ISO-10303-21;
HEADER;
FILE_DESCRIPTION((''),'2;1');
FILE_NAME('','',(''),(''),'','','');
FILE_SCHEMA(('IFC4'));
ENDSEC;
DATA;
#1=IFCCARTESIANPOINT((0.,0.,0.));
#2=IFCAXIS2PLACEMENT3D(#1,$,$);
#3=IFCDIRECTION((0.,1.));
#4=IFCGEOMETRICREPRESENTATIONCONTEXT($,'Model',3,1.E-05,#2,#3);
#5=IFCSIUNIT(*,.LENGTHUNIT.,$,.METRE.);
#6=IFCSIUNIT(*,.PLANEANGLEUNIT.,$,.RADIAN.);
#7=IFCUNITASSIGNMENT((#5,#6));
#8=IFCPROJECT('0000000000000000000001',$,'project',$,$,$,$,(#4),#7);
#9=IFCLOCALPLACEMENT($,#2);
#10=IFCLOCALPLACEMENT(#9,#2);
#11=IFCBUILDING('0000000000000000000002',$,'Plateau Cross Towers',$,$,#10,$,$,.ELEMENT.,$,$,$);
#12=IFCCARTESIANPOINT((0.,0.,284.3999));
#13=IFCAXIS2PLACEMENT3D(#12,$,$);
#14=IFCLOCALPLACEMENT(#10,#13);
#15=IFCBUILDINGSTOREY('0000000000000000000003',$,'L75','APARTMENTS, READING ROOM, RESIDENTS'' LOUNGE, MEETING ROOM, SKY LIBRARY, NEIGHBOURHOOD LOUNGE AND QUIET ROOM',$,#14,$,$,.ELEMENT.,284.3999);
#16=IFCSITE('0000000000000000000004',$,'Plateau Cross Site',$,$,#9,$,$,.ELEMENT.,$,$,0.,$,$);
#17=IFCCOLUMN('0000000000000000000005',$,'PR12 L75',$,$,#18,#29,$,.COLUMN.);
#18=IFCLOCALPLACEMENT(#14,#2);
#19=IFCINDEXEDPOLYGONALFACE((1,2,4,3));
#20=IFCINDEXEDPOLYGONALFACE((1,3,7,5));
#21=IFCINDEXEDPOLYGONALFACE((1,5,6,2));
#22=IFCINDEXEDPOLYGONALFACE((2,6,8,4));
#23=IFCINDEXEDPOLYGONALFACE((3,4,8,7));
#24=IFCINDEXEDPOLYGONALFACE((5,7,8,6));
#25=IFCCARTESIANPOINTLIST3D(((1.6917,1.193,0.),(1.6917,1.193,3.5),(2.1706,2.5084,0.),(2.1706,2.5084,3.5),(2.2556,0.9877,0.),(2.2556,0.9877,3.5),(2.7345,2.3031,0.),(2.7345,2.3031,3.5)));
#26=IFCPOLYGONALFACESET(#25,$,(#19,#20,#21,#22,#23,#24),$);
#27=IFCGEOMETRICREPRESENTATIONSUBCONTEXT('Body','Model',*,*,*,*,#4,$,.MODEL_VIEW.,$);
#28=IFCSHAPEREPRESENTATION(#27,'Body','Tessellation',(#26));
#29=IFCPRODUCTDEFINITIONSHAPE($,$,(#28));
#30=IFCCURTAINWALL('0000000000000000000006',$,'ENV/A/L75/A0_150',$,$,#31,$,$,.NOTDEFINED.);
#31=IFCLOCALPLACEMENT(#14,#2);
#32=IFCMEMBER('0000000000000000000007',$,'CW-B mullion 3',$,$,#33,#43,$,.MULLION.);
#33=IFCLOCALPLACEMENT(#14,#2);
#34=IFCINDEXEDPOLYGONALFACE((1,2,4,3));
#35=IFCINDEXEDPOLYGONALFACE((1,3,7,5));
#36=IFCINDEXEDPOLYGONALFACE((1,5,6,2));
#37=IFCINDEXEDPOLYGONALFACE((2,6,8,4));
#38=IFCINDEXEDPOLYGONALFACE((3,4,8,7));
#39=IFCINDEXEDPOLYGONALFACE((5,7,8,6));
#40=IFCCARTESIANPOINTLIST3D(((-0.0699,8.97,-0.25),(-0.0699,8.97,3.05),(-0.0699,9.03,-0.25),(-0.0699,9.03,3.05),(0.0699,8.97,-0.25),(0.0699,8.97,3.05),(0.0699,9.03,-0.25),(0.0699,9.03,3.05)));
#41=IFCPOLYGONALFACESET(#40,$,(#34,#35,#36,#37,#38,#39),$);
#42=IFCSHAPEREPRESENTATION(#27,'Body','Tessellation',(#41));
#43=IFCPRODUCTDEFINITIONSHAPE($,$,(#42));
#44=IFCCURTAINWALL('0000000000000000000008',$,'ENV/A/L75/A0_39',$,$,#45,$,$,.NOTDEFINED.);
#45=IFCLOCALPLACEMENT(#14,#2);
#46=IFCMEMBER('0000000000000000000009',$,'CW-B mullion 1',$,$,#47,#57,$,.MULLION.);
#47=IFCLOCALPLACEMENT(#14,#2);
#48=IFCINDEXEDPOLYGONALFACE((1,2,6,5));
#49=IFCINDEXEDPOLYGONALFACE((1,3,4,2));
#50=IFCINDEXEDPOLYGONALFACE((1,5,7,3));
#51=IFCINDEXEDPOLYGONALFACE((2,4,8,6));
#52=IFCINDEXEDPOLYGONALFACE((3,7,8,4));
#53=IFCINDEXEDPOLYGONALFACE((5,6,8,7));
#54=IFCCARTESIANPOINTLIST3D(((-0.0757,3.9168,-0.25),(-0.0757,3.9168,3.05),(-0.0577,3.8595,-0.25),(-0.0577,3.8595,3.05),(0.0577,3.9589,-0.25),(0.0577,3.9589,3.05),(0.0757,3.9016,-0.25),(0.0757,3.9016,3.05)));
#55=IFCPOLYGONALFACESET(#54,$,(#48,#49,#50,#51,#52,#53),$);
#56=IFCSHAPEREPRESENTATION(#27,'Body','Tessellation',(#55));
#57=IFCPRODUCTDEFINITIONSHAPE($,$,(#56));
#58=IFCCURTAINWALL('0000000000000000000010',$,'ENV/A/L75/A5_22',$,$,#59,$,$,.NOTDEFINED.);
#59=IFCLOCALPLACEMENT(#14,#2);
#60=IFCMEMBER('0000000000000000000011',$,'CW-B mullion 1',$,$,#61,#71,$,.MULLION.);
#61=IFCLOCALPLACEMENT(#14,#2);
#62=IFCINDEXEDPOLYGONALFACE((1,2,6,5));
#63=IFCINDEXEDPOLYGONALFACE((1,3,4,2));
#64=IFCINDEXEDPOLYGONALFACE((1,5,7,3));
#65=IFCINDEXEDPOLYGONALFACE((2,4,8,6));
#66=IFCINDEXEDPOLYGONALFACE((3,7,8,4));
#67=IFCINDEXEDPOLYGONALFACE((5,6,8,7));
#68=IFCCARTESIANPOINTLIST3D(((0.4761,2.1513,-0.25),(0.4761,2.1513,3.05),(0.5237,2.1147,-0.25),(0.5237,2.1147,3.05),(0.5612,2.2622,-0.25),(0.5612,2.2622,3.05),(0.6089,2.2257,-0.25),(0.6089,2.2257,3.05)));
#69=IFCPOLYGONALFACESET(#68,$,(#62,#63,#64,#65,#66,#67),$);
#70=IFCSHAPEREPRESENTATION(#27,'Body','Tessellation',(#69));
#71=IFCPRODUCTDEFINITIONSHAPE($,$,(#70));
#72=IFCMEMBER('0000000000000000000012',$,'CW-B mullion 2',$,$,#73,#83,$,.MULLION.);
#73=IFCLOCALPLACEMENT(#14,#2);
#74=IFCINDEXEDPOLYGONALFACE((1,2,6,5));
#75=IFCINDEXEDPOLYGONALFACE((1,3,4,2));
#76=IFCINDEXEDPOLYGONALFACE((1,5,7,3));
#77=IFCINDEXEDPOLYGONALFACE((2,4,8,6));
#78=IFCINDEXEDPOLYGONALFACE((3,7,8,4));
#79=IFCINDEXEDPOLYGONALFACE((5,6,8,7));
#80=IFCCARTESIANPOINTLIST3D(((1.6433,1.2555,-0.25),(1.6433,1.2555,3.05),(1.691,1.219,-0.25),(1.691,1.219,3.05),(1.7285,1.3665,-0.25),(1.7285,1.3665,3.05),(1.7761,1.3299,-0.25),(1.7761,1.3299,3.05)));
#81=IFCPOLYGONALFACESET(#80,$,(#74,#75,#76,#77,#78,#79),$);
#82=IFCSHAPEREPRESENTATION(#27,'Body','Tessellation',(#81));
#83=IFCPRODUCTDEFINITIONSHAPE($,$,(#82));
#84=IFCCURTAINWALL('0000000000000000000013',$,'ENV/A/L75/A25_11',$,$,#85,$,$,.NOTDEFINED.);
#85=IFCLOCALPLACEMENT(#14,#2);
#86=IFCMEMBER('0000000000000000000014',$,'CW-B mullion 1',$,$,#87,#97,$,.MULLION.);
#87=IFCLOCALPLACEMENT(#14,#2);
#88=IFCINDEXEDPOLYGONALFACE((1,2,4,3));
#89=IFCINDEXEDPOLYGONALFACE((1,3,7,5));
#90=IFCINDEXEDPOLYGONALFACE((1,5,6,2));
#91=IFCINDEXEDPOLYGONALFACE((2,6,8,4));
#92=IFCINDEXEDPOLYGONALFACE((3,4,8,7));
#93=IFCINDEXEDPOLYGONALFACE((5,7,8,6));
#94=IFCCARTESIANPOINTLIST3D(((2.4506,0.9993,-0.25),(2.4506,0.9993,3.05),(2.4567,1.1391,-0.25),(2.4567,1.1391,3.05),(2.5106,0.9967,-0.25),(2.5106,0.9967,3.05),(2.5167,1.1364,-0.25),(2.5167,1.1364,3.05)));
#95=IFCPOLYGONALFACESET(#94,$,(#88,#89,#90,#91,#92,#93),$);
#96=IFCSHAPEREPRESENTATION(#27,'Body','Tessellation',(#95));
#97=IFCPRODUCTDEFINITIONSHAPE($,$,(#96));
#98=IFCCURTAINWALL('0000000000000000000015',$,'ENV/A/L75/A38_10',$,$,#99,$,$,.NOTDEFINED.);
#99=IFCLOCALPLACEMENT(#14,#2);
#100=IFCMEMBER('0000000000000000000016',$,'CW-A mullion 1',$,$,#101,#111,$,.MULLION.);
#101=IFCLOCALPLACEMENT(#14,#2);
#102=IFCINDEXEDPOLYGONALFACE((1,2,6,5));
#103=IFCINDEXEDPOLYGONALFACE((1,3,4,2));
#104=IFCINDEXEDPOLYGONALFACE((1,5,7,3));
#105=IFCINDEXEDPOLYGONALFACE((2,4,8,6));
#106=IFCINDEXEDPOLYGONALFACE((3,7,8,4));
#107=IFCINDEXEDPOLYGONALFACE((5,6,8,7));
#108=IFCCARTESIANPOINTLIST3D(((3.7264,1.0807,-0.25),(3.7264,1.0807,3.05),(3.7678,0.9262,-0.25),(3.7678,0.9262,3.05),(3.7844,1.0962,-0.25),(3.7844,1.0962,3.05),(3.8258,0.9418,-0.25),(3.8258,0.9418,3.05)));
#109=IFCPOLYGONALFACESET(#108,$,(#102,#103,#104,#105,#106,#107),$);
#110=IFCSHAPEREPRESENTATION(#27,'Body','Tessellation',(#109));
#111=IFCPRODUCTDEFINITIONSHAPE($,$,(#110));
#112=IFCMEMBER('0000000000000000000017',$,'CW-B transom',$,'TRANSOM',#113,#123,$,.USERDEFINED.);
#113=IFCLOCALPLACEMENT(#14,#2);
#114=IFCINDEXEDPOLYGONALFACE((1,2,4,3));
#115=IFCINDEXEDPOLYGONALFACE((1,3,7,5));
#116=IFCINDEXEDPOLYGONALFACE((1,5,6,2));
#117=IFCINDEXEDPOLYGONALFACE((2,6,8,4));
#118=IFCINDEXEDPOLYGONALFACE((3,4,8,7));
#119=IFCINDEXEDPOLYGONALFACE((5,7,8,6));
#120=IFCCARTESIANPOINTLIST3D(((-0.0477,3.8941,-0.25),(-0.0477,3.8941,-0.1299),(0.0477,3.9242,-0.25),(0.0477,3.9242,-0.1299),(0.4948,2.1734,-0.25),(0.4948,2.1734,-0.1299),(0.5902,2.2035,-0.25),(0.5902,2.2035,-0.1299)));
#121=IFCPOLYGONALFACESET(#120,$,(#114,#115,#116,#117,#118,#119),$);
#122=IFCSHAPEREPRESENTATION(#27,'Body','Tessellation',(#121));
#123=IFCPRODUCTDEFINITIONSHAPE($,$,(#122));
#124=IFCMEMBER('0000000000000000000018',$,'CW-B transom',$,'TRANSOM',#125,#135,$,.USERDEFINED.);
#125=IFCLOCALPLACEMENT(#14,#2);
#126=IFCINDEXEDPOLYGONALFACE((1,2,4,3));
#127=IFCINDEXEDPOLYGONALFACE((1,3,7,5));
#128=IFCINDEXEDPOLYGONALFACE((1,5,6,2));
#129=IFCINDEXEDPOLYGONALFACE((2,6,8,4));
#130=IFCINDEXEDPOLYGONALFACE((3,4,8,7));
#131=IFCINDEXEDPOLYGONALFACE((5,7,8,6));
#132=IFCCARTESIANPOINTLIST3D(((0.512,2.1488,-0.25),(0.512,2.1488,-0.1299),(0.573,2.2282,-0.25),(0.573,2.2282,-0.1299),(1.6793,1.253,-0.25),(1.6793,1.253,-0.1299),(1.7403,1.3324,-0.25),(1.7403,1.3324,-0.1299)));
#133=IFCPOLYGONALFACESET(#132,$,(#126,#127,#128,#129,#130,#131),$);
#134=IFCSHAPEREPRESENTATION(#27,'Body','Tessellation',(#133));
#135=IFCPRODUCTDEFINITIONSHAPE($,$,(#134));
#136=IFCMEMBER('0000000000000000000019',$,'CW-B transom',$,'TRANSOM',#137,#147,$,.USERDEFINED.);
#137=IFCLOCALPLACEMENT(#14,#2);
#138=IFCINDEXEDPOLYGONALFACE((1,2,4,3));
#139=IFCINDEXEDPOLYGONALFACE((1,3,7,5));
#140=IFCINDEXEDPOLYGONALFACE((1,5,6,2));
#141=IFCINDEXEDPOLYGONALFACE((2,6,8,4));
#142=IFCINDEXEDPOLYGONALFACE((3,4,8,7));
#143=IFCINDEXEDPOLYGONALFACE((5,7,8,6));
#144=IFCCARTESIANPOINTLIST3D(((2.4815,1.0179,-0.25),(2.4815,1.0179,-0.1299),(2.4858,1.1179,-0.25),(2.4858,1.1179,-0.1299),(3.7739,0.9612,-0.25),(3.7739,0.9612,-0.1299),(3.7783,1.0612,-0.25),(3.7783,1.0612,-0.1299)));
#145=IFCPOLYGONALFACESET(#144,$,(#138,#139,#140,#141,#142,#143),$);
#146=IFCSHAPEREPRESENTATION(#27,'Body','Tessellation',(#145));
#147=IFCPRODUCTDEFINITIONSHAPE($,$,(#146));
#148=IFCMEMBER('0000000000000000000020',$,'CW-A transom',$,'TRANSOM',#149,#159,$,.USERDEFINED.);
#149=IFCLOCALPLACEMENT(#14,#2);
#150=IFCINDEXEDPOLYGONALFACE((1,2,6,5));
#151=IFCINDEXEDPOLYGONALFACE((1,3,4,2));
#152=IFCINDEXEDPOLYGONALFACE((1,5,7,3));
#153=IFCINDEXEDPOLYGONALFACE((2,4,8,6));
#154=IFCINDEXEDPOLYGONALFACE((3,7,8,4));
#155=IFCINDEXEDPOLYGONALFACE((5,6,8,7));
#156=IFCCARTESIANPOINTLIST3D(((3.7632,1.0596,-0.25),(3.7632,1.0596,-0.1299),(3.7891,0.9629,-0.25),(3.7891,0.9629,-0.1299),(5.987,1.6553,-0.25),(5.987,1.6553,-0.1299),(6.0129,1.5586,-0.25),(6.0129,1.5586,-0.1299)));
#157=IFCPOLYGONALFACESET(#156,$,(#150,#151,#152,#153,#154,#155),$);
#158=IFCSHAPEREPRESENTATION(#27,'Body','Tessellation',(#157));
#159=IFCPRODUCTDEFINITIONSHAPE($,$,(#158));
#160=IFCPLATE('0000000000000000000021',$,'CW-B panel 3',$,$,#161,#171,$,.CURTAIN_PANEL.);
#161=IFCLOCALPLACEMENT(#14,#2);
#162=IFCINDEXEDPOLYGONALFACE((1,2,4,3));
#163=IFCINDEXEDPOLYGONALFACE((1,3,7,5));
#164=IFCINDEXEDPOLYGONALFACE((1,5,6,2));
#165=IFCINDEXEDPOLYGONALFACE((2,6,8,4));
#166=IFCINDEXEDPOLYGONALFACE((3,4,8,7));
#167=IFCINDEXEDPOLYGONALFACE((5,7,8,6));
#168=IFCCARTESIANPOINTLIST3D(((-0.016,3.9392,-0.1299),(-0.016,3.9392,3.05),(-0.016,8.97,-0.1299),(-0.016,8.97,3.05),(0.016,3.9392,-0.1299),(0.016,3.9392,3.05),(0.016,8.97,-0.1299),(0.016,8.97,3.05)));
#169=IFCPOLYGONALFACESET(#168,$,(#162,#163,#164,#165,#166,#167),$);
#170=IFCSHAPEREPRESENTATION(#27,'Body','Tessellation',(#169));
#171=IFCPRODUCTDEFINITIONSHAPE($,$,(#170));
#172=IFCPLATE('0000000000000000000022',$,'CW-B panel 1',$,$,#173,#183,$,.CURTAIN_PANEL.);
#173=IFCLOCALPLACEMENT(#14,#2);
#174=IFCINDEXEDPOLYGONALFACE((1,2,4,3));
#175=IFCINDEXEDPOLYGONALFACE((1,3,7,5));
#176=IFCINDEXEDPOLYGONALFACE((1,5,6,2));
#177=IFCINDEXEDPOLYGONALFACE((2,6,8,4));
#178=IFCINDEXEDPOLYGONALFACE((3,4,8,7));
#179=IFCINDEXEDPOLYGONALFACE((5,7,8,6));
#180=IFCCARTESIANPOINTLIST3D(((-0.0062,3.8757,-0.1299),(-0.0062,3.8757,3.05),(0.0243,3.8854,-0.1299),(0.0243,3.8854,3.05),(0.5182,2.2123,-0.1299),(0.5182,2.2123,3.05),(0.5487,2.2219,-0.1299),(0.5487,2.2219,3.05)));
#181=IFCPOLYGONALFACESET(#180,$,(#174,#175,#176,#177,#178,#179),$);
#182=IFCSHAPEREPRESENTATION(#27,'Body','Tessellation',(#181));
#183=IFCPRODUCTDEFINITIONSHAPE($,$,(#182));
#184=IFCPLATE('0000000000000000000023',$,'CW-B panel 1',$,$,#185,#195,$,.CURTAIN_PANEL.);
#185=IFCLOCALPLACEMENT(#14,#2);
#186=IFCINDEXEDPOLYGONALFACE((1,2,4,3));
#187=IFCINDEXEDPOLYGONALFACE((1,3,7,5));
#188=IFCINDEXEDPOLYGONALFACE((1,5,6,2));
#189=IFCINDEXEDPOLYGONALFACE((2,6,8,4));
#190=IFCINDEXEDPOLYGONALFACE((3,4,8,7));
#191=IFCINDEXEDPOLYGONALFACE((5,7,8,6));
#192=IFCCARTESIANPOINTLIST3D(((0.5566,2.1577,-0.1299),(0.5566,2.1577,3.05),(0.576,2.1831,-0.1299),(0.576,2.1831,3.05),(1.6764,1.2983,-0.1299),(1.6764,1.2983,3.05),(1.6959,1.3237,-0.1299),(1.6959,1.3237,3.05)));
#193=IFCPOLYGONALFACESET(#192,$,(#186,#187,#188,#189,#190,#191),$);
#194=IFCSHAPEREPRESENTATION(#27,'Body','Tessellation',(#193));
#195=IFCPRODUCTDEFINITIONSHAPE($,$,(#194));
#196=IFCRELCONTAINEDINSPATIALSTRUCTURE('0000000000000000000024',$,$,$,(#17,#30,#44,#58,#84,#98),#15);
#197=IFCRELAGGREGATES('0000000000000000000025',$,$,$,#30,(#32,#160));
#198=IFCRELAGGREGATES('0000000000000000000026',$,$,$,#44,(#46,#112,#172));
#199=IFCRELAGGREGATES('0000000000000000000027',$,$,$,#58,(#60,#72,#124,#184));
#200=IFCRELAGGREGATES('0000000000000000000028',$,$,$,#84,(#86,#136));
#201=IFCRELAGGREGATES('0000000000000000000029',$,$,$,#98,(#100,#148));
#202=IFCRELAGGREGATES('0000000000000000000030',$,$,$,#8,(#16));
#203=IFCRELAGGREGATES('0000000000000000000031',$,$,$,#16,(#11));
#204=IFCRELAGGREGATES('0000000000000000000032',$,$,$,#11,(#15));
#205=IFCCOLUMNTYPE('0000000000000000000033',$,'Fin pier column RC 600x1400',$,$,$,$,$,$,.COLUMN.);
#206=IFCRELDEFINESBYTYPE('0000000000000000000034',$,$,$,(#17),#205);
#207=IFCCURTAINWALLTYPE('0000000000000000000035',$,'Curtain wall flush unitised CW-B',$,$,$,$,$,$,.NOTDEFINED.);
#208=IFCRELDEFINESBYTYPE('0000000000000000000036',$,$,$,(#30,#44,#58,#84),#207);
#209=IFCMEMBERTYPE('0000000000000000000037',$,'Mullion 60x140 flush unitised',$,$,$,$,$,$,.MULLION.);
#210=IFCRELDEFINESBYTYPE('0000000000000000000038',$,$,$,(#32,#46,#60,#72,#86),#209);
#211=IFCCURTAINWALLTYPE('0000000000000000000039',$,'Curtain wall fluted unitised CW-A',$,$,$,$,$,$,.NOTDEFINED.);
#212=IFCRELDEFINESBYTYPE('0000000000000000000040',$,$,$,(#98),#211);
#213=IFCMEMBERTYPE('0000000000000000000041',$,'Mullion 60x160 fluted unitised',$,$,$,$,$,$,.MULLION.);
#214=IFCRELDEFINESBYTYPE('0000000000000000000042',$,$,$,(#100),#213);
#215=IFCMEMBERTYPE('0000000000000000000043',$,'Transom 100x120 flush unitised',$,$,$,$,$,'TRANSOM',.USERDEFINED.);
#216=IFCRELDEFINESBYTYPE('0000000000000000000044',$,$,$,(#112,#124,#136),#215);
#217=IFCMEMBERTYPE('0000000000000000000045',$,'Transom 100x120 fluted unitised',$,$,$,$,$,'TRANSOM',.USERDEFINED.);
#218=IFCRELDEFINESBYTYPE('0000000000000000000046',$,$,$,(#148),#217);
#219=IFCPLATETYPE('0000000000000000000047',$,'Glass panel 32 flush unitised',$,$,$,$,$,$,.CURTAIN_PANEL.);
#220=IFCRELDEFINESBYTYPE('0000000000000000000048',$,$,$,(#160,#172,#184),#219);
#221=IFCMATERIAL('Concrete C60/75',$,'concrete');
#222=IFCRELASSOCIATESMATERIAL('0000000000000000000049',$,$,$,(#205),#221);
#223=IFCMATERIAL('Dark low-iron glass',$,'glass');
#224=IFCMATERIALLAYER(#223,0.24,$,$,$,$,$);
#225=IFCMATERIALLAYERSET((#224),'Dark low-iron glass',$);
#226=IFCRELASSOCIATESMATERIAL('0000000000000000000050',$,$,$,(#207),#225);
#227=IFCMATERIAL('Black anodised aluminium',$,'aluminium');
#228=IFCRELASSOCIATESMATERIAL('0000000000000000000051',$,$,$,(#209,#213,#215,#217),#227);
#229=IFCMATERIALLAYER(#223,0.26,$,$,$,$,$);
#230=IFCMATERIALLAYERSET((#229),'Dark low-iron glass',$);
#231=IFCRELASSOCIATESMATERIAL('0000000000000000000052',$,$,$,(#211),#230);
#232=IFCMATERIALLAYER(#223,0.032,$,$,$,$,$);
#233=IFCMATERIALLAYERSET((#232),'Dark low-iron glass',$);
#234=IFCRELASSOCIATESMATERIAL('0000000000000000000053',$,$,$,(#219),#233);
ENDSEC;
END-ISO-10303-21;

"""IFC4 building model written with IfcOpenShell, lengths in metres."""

from ifc_helpers import new_model, si_unit, direction, frame, origin, origin_2d, place, context, subcontext, project, spatial, rectangle, extrude, material, layer, layer_set, material_profile, profile_set, type_object, element, aggregate, save


model = new_model("IFC4")

# Units and contexts
model_context = context("Model", 3, precision=1e-05, world=origin(), true_north=direction((0.0, 1.0)))
body_context = subcontext(model_context, "Body", "Model", "MODEL_VIEW")
ifc_project = project(units=[si_unit("LENGTHUNIT", "METRE"), si_unit("PLANEANGLEUNIT", "RADIAN")], contexts=[model_context])

# Site, building, storey
site_placement = place(None, origin())
site = spatial("IfcSite", under=ifc_project, at=site_placement, Name="Plateau Cross Site", CompositionType="ELEMENT", RefElevation=0.0)
building_placement = place(site_placement, origin())
building = spatial("IfcBuilding", under=site, at=building_placement, Name="Plateau Cross Towers", CompositionType="ELEMENT")
storey_placement = place(building_placement, frame((0.0, 0.0, 284.3999)))
storey = spatial("IfcBuildingStorey", under=building, at=storey_placement, Name="L75", Description="APARTMENTS, READING ROOM, RESIDENTS' LOUNGE, MEETING ROOM, SKY LIBRARY, NEIGHBOURHOOD LOUNGE AND QUIET ROOM", CompositionType="ELEMENT", Elevation=284.3999)

# Column
ifc_material_1 = material(Name="Concrete C60/75", Category="concrete")
ifc_material_profile_1 = material_profile(ifc_material_1, rectangle(XDim=0.6001, YDim=1.3999, at=origin_2d()), Name="RC 600x1400")
ifc_profile_set_1 = profile_set([ifc_material_profile_1], Name="Concrete C60/75")
column_type = type_object("IfcColumnType", Name="Fin pier column RC 600x1400", PredefinedType="COLUMN", material=ifc_profile_set_1)
column_placement = place(storey_placement, frame((2.2131, 1.748, 0.0), z_axis=(0.0, 0.0, 1.0), x_axis=(-0.939664, 0.342098, 0.0)))
element("IfcColumn", 1, at=column_placement, inside=storey, type_object=column_type, Name="PR12 L75", PredefinedType="COLUMN", context=body_context, shape_type="SweptSolid", body=[
    extrude(rectangle(XDim=0.6001, YDim=1.3999, at=origin_2d()), origin(), (0.0, 0.0, 1.0), 3.5),
])

# Curtain walls, members
ifc_material_2 = material(Name="Dark low-iron glass", Category="glass")
ifc_layer_1 = layer(ifc_material_2, 0.24)
ifc_layer_set_1 = layer_set([ifc_layer_1], Name="Dark low-iron glass")
curtain_wall_type_1 = type_object("IfcCurtainWallType", Name="Curtain wall flush unitised CW-B", PredefinedType="NOTDEFINED", material=ifc_layer_set_1)
curtain_wall_1_placement = place(storey_placement, origin())
curtain_wall_1 = element("IfcCurtainWall", 2, at=curtain_wall_1_placement, inside=storey, type_object=curtain_wall_type_1, Name="ENV/A/L75/A0_150", PredefinedType="NOTDEFINED")
ifc_material_3 = material(Name="Black anodised aluminium", Category="aluminium")
ifc_material_profile_2 = material_profile(ifc_material_3, rectangle(XDim=0.0601, YDim=0.1399, at=origin_2d()), Name="MULLION 60x140")
ifc_profile_set_2 = profile_set([ifc_material_profile_2], Name="Black anodised aluminium")
member_type_1 = type_object("IfcMemberType", Name="Mullion 60x140 flush unitised", PredefinedType="MULLION", material=ifc_profile_set_2)
member_1_placement = place(storey_placement, frame((0.0, 9.0, -0.25), z_axis=(0.0, 0.0, 1.0), x_axis=(0.0, -1.0, 0.0)))
member_1 = element("IfcMember", 3, at=member_1_placement, type_object=member_type_1, Name="CW-B mullion 3", PredefinedType="MULLION", context=body_context, shape_type="SweptSolid", body=[
    extrude(rectangle(XDim=0.0601, YDim=0.1399, at=origin_2d()), origin(), (0.0, 0.0, 1.0), 3.3),
])
curtain_wall_2_placement = place(storey_placement, origin())
curtain_wall_2 = element("IfcCurtainWall", 4, at=curtain_wall_2_placement, inside=storey, type_object=curtain_wall_type_1, Name="ENV/A/L75/A0_39", PredefinedType="NOTDEFINED")
member_2_placement = place(storey_placement, frame((0.0, 3.9092, -0.25), z_axis=(0.0, 0.0, 1.0), x_axis=(0.300686, -0.953723, 0.0)))
member_2 = element("IfcMember", 5, at=member_2_placement, type_object=member_type_1, Name="CW-B mullion 1", PredefinedType="MULLION", context=body_context, shape_type="SweptSolid", body=[
    extrude(rectangle(XDim=0.0601, YDim=0.1399, at=origin_2d()), origin(), (0.0, 0.0, 1.0), 3.3),
])

# Curtain wall, members
curtain_wall_3_placement = place(storey_placement, origin())
curtain_wall_3 = element("IfcCurtainWall", 6, at=curtain_wall_3_placement, inside=storey, type_object=curtain_wall_type_1, Name="ENV/A/L75/A5_22", PredefinedType="NOTDEFINED")
member_3_placement = place(storey_placement, frame((0.5425, 2.1885, -0.25), z_axis=(0.0, 0.0, 1.0), x_axis=(0.793316, -0.608811, 0.0)))
member_3 = element("IfcMember", 7, at=member_3_placement, type_object=member_type_1, Name="CW-B mullion 1", PredefinedType="MULLION", context=body_context, shape_type="SweptSolid", body=[
    extrude(rectangle(XDim=0.0601, YDim=0.1399, at=origin_2d()), origin(), (0.0, 0.0, 1.0), 3.3),
])
member_4_placement = place(storey_placement, frame((1.7097, 1.2927, -0.25), z_axis=(0.0, 0.0, 1.0), x_axis=(0.793316, -0.608811, 0.0)))
member_4 = element("IfcMember", 8, at=member_4_placement, type_object=member_type_1, Name="CW-B mullion 2", PredefinedType="MULLION", context=body_context, shape_type="SweptSolid", body=[
    extrude(rectangle(XDim=0.0601, YDim=0.1399, at=origin_2d()), origin(), (0.0, 0.0, 1.0), 3.3),
])

# Curtain walls, members
curtain_wall_4_placement = place(storey_placement, origin())
curtain_wall_4 = element("IfcCurtainWall", 9, at=curtain_wall_4_placement, inside=storey, type_object=curtain_wall_type_1, Name="ENV/A/L75/A25_11", PredefinedType="NOTDEFINED")
member_5_placement = place(storey_placement, frame((2.4836, 1.0679, -0.25), z_axis=(0.0, 0.0, 1.0), x_axis=(0.999044, -0.043723, 0.0)))
member_5 = element("IfcMember", 10, at=member_5_placement, type_object=member_type_1, Name="CW-B mullion 1", PredefinedType="MULLION", context=body_context, shape_type="SweptSolid", body=[
    extrude(rectangle(XDim=0.0601, YDim=0.1399, at=origin_2d()), origin(), (0.0, 0.0, 1.0), 3.3),
])
ifc_layer_2 = layer(ifc_material_2, 0.26)
ifc_layer_set_2 = layer_set([ifc_layer_2], Name="Dark low-iron glass")
curtain_wall_type_2 = type_object("IfcCurtainWallType", Name="Curtain wall fluted unitised CW-A", PredefinedType="NOTDEFINED", material=ifc_layer_set_2)
curtain_wall_5_placement = place(storey_placement, origin())
curtain_wall_5 = element("IfcCurtainWall", 11, at=curtain_wall_5_placement, inside=storey, type_object=curtain_wall_type_2, Name="ENV/A/L75/A38_10", PredefinedType="NOTDEFINED")
ifc_material_profile_3 = material_profile(ifc_material_3, rectangle(XDim=0.0601, YDim=0.1599, at=origin_2d()), Name="MULLION 60x160")
ifc_profile_set_3 = profile_set([ifc_material_profile_3], Name="Black anodised aluminium")
member_type_2 = type_object("IfcMemberType", Name="Mullion 60x160 fluted unitised", PredefinedType="MULLION", material=ifc_profile_set_3)
member_6_placement = place(storey_placement, frame((3.7761, 1.0112, -0.25), z_axis=(0.0, 0.0, 1.0), x_axis=(0.965958, 0.258699, 0.0)))
member_6 = element("IfcMember", 12, at=member_6_placement, type_object=member_type_2, Name="CW-A mullion 1", PredefinedType="MULLION", context=body_context, shape_type="SweptSolid", body=[
    extrude(rectangle(XDim=0.0601, YDim=0.1599, at=origin_2d()), origin(), (0.0, 0.0, 1.0), 3.3),
])

# Members
ifc_material_profile_4 = material_profile(ifc_material_3, rectangle(XDim=0.1001, YDim=0.1201, at=origin_2d()), Name="TRANSOM 100x120")
ifc_profile_set_4 = profile_set([ifc_material_profile_4], Name="Black anodised aluminium")
member_type_3 = type_object("IfcMemberType", Name="Transom 100x120 flush unitised", ElementType="TRANSOM", PredefinedType="USERDEFINED", material=ifc_profile_set_4)
member_7_placement = place(storey_placement, frame((0.0, 3.9092, -0.1899), z_axis=(0.300678, -0.953726, 0.0), x_axis=(0.953726, 0.300678, 0.0)))
member_7 = element("IfcMember", 13, at=member_7_placement, type_object=member_type_3, Name="CW-B transom", ObjectType="TRANSOM", PredefinedType="USERDEFINED", context=body_context, shape_type="SweptSolid", body=[
    extrude(rectangle(XDim=0.1001, YDim=0.1201, at=origin_2d()), origin(), (0.0, 0.0, 1.0), 1.8042),
])
member_8_placement = place(storey_placement, frame((0.5425, 2.1885, -0.1899), z_axis=(0.793321, -0.608804, 0.0), x_axis=(0.608804, 0.793321, 0.0)))
member_8 = element("IfcMember", 14, at=member_8_placement, type_object=member_type_3, Name="CW-B transom", ObjectType="TRANSOM", PredefinedType="USERDEFINED", context=body_context, shape_type="SweptSolid", body=[
    extrude(rectangle(XDim=0.1001, YDim=0.1201, at=origin_2d()), origin(), (0.0, 0.0, 1.0), 1.4714),
])
member_9_placement = place(storey_placement, frame((2.4836, 1.0679, -0.1899), z_axis=(0.999041, -0.043781, 0.0), x_axis=(0.043781, 0.999041, 0.0)))
member_9 = element("IfcMember", 15, at=member_9_placement, type_object=member_type_3, Name="CW-B transom", ObjectType="TRANSOM", PredefinedType="USERDEFINED", context=body_context, shape_type="SweptSolid", body=[
    extrude(rectangle(XDim=0.1001, YDim=0.1201, at=origin_2d()), origin(), (0.0, 0.0, 1.0), 1.2937),
])
ifc_material_profile_5 = material_profile(ifc_material_3, rectangle(XDim=0.1001, YDim=0.1201, at=origin_2d()), Name="TRANSOM 100x120")
ifc_profile_set_5 = profile_set([ifc_material_profile_5], Name="Black anodised aluminium")
member_type_4 = type_object("IfcMemberType", Name="Transom 100x120 fluted unitised", ElementType="TRANSOM", PredefinedType="USERDEFINED", material=ifc_profile_set_5)
member_10_placement = place(storey_placement, frame((3.7761, 1.0112, -0.1899), z_axis=(0.965946, 0.258745, 0.0), x_axis=(-0.258745, 0.965946, 0.0)))
member_10 = element("IfcMember", 16, at=member_10_placement, type_object=member_type_4, Name="CW-A transom", ObjectType="TRANSOM", PredefinedType="USERDEFINED", context=body_context, shape_type="SweptSolid", body=[
    extrude(rectangle(XDim=0.1001, YDim=0.1201, at=origin_2d()), origin(), (0.0, 0.0, 1.0), 2.3022),
])

# Plates
ifc_layer_3 = layer(ifc_material_2, 0.032)
ifc_layer_set_3 = layer_set([ifc_layer_3], Name="Dark low-iron glass")
plate_type_1 = type_object("IfcPlateType", Name="Glass panel 32 flush unitised", PredefinedType="CURTAIN_PANEL", material=ifc_layer_set_3)
plate_1_placement = place(storey_placement, frame((0.0, 6.4546, -0.1299), z_axis=(0.0, 0.0, 1.0), x_axis=(0.0, -1.0, 0.0)))
plate_1 = element("IfcPlate", 17, at=plate_1_placement, type_object=plate_type_1, Name="CW-B panel 3", PredefinedType="CURTAIN_PANEL", context=body_context, shape_type="SweptSolid", body=[
    extrude(rectangle(XDim=5.0308, YDim=0.032, at=origin_2d()), origin(), (0.0, 0.0, 1.0), 3.1799),
])
aggregate(curtain_wall_1, [member_1, plate_1])
plate_2_placement = place(storey_placement, frame((0.2712, 3.0488, -0.1299), z_axis=(0.0, 0.0, 1.0), x_axis=(0.300686, -0.953723, 0.0)))
plate_2 = element("IfcPlate", 18, at=plate_2_placement, type_object=plate_type_1, Name="CW-B panel 1", PredefinedType="CURTAIN_PANEL", context=body_context, shape_type="SweptSolid", body=[
    extrude(rectangle(XDim=1.7441, YDim=0.032, at=origin_2d()), origin(), (0.0, 0.0, 1.0), 3.1799),
])
aggregate(curtain_wall_2, [member_2, member_7, plate_2])
plate_3_placement = place(storey_placement, frame((1.1262, 1.7407, -0.1299), z_axis=(0.0, 0.0, 1.0), x_axis=(0.793316, -0.608811, 0.0)))
plate_3 = element("IfcPlate", 19, at=plate_3_placement, type_object=plate_type_1, Name="CW-B panel 1", PredefinedType="CURTAIN_PANEL", context=body_context, shape_type="SweptSolid", body=[
    extrude(rectangle(XDim=1.4116, YDim=0.032, at=origin_2d()), origin(), (0.0, 0.0, 1.0), 3.1799),
])
aggregate(curtain_wall_3, [member_3, member_4, member_8, plate_3])
aggregate(curtain_wall_4, [member_5, member_9])
aggregate(curtain_wall_5, [member_6, member_10])

save(model, "model.ifc")
